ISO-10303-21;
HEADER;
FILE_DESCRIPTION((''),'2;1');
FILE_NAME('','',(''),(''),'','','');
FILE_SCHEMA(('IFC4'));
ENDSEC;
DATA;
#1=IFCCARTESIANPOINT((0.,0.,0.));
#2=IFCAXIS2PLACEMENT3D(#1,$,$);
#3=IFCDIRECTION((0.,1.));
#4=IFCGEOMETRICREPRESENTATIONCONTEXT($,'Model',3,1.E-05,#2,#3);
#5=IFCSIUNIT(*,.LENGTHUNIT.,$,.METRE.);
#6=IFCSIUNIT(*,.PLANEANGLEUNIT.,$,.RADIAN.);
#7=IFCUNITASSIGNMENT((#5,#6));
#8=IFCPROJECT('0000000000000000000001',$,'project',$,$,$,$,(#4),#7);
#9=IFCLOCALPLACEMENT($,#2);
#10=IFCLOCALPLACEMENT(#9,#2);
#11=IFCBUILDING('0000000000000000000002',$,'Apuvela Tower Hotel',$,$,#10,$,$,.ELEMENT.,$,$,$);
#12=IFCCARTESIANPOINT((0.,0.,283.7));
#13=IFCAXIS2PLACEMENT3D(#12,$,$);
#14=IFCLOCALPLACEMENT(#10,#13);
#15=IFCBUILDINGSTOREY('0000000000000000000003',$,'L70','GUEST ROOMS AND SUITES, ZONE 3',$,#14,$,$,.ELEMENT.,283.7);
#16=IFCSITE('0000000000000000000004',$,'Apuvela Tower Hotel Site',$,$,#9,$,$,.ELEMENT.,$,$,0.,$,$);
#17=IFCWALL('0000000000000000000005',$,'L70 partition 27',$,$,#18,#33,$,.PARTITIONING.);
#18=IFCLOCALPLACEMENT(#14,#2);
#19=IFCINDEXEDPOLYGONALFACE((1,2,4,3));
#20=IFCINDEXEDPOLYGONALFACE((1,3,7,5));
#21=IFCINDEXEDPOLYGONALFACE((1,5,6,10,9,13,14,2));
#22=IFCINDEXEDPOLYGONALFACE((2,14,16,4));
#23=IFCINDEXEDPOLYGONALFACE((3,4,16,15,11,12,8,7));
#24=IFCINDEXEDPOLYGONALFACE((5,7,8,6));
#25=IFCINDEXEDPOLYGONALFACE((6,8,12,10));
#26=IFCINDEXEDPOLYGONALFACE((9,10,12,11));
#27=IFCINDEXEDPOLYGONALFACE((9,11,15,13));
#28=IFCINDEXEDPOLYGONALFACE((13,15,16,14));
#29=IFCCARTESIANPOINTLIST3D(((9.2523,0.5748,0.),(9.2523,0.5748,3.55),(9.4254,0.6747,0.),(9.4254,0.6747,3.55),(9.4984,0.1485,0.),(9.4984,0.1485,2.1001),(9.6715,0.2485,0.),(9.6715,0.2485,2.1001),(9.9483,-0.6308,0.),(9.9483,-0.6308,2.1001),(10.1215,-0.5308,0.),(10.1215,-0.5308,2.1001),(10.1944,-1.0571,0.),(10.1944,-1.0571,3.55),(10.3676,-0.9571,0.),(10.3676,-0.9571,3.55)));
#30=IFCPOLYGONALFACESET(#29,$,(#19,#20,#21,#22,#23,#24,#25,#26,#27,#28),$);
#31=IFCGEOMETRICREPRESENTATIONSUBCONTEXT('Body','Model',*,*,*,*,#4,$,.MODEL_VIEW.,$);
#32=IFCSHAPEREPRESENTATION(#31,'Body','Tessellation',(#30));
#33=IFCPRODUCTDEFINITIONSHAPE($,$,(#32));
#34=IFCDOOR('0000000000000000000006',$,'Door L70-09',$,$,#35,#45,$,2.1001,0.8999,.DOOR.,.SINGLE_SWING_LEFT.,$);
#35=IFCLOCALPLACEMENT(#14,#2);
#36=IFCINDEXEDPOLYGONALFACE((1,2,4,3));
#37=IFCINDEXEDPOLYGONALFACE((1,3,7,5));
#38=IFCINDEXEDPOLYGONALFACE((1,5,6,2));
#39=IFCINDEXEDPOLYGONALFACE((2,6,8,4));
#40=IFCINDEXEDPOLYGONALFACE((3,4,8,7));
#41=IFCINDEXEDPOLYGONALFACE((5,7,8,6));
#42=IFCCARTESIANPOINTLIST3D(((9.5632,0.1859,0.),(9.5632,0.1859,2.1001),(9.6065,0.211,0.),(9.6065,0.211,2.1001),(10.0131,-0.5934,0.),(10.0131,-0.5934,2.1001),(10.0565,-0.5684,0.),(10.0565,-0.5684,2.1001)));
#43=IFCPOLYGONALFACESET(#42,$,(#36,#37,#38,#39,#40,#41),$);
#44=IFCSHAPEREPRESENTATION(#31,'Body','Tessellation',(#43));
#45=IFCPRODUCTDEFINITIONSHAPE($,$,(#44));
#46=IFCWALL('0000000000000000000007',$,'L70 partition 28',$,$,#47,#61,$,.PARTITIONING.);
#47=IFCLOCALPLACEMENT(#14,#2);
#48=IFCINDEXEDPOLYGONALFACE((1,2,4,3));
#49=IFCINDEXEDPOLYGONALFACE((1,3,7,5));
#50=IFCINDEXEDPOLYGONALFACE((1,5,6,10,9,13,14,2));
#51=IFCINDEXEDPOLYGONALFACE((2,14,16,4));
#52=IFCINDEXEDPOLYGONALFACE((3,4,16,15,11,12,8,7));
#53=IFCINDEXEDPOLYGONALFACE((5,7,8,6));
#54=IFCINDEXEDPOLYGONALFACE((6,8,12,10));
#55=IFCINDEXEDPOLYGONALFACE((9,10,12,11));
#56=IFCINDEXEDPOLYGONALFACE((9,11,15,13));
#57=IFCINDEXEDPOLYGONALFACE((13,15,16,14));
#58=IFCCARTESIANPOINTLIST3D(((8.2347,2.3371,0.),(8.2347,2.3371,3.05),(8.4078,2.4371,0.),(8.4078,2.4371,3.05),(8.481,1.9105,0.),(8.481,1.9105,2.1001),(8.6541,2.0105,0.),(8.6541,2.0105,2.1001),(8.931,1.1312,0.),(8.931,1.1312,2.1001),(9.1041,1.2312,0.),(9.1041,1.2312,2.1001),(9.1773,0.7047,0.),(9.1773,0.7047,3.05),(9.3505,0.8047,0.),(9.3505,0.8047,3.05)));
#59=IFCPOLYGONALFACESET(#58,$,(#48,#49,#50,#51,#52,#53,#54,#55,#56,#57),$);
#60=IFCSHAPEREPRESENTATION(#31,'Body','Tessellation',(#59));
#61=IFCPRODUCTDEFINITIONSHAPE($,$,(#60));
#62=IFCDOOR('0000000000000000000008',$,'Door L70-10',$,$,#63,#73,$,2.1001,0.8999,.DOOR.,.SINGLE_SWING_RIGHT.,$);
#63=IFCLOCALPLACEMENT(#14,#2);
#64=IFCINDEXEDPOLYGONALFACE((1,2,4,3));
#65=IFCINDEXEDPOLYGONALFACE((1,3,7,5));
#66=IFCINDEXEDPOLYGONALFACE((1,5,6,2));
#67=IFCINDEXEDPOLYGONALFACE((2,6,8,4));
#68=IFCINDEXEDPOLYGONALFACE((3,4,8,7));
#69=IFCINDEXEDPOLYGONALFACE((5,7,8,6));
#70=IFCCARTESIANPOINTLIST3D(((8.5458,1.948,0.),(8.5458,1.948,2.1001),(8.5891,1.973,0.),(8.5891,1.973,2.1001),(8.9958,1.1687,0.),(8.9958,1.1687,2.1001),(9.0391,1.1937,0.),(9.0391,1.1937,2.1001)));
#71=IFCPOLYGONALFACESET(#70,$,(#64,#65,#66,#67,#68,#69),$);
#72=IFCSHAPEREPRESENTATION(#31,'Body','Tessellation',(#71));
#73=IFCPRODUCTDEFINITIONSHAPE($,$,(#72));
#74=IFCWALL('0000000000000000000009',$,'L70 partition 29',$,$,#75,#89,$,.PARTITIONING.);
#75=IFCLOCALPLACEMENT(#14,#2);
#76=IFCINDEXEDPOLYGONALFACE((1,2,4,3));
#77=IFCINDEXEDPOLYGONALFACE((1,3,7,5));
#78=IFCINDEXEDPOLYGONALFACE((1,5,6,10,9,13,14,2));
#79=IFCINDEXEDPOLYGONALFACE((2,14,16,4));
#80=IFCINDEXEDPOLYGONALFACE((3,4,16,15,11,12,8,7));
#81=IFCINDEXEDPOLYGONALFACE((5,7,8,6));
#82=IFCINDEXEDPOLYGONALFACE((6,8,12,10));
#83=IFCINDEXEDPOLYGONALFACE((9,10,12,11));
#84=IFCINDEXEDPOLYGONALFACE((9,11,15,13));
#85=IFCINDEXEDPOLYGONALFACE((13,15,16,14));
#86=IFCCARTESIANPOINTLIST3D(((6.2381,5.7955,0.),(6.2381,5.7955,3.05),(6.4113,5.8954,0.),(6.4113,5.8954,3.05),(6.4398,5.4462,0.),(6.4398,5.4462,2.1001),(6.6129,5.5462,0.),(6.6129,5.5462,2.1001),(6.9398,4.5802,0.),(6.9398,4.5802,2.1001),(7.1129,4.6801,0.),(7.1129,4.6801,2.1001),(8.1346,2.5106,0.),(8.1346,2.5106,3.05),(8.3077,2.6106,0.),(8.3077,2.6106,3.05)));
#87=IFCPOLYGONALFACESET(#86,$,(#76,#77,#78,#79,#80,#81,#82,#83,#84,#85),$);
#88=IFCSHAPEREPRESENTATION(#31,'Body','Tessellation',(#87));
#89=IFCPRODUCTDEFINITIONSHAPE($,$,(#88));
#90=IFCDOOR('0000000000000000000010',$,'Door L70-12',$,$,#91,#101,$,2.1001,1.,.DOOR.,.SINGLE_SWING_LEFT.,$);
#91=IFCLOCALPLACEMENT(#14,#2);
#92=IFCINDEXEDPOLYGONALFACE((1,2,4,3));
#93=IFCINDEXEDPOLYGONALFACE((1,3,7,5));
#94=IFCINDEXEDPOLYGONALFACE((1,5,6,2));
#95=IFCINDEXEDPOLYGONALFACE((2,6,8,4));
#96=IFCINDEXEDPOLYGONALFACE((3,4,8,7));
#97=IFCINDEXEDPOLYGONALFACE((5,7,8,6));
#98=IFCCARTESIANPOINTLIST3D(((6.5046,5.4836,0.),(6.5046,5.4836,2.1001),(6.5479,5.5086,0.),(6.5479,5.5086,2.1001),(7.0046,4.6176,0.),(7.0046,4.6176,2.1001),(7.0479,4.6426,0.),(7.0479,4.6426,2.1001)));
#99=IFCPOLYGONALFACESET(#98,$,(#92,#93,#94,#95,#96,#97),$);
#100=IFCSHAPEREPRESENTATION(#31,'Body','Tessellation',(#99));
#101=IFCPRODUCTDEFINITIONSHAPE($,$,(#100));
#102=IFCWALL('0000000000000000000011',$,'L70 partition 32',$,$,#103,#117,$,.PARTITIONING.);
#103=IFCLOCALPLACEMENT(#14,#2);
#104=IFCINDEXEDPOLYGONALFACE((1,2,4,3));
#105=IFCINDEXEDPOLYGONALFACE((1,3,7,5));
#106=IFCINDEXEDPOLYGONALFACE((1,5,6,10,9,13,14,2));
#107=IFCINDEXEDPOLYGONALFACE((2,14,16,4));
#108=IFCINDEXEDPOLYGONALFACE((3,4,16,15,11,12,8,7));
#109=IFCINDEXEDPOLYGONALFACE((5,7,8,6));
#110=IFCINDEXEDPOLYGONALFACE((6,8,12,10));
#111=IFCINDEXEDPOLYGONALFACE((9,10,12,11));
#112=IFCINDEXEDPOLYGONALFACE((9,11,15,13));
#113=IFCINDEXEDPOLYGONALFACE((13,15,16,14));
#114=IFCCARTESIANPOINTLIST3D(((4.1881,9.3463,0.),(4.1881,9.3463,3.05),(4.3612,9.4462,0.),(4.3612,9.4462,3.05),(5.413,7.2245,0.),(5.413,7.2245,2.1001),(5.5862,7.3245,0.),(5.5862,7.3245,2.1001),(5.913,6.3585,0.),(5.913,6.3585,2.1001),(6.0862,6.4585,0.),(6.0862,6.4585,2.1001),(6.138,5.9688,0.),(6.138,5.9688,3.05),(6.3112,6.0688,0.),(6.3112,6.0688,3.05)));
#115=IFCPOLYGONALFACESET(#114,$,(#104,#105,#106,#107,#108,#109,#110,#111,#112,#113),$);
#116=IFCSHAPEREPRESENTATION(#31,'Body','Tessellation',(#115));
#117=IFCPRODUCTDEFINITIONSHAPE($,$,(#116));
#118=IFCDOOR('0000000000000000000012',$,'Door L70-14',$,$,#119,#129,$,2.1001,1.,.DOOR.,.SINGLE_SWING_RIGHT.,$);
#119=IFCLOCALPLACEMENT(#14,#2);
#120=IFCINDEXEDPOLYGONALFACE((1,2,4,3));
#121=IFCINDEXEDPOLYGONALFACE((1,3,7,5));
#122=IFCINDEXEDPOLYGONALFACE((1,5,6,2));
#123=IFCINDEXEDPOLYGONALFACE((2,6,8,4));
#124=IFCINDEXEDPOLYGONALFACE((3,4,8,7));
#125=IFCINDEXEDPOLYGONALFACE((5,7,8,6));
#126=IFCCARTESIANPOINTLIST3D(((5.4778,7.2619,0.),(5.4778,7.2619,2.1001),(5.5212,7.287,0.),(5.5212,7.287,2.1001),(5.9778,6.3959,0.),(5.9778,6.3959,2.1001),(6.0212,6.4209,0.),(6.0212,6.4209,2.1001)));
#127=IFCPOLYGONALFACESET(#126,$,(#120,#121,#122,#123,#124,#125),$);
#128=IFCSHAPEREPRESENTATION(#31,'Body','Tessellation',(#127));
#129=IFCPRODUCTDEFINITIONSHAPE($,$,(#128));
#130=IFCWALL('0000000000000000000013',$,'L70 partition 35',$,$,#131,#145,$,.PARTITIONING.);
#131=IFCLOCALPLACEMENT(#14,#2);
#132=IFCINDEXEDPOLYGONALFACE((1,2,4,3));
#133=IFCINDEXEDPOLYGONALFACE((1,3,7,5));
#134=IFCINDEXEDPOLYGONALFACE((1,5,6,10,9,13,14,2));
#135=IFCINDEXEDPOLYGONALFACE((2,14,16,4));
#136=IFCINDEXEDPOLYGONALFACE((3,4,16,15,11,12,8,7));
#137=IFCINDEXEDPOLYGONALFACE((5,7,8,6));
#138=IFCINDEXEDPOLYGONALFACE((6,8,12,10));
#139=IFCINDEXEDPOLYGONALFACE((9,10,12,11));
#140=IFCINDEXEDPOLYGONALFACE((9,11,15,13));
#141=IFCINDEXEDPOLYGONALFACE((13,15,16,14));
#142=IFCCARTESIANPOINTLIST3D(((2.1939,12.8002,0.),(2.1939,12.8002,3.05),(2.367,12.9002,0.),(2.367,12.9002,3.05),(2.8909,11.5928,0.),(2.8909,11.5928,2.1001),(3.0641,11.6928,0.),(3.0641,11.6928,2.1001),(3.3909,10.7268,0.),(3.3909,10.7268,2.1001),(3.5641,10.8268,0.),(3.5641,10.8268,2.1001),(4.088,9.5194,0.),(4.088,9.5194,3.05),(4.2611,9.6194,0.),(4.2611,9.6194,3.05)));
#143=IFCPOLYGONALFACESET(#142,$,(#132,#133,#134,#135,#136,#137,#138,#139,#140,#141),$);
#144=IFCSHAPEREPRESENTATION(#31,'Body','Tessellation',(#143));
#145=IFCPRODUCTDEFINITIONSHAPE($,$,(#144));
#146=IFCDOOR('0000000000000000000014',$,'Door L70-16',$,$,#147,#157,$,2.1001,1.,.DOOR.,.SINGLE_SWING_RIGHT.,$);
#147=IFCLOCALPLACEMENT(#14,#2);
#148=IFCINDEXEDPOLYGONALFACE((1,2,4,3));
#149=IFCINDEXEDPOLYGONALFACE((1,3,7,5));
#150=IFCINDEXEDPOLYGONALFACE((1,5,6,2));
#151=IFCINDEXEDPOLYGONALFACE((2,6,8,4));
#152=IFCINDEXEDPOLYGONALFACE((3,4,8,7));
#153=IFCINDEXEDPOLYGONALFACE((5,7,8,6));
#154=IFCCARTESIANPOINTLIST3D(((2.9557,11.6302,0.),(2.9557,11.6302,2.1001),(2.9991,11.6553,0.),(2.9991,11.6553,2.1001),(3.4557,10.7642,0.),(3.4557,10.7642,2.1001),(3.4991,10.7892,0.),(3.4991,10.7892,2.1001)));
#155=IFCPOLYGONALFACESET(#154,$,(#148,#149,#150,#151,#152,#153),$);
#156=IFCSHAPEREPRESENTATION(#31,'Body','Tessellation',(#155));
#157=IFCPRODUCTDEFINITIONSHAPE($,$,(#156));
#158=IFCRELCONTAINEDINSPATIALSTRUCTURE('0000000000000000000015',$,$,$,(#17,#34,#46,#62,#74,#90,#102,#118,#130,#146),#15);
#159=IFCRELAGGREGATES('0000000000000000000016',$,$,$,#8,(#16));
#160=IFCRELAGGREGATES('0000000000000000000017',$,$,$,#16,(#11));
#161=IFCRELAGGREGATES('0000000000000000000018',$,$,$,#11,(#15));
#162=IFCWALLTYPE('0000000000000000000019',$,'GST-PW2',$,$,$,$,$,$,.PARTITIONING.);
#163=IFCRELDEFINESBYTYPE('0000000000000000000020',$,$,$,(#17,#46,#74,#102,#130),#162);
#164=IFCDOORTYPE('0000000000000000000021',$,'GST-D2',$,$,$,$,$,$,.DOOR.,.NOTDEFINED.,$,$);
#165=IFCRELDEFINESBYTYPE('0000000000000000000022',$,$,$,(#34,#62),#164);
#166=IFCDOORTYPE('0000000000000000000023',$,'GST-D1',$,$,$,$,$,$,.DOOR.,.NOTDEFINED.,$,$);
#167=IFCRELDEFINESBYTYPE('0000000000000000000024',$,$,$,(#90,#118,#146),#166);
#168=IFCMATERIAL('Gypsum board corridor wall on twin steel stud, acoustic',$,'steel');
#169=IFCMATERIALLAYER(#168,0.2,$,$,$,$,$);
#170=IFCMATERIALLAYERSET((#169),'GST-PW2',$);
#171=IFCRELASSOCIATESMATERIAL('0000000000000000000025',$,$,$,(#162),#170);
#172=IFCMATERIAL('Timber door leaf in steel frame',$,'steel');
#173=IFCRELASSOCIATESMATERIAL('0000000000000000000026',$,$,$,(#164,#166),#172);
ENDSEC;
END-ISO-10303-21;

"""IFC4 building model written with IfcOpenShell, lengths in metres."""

from ifc_helpers import new_model, si_unit, direction, frame, frame_2d, origin, place, context, subcontext, project, spatial, rectangle, extrude, material, layer, layer_set, type_object, element, fill, save


model = new_model("IFC4")

# Units and contexts
model_context = context("Model", 3, precision=1e-05, world=origin(), true_north=direction((0.0, 1.0)))
body_context = subcontext(model_context, "Body", "Model", "MODEL_VIEW")
ifc_project = project(units=[si_unit("LENGTHUNIT", "METRE"), si_unit("PLANEANGLEUNIT", "RADIAN")], contexts=[model_context])

# Site, building, storey
site_placement = place(None, origin())
site = spatial("IfcSite", under=ifc_project, at=site_placement, Name="Apuvela Tower Hotel Site", CompositionType="ELEMENT", RefElevation=0.0)
building_placement = place(site_placement, origin())
building = spatial("IfcBuilding", under=site, at=building_placement, Name="Apuvela Tower Hotel", CompositionType="ELEMENT")
storey_placement = place(building_placement, frame((0.0, 0.0, 283.7)))
storey = spatial("IfcBuildingStorey", under=building, at=storey_placement, Name="L70", Description="GUEST ROOMS AND SUITES, ZONE 3", CompositionType="ELEMENT", Elevation=283.7)

# Walls, openings, doors
ifc_material_1 = material(Name="Gypsum board corridor wall on twin steel stud, acoustic", Category="steel")
ifc_layer_1 = layer(ifc_material_1, 0.2)
ifc_layer_set_1 = layer_set([ifc_layer_1], Name="GST-PW2")
wall_type_1 = type_object("IfcWallType", Name="GST-PW2", PredefinedType="PARTITIONING", material=ifc_layer_set_1)
wall_1_placement = place(storey_placement, frame((9.3389, 0.6248, 0.0), z_axis=(0.0, 0.0, 1.0), x_axis=(0.499999, -0.866026, 0.0)))
wall_1 = element("IfcWall", 1, at=wall_1_placement, inside=storey, type_object=wall_type_1, Name="L70 partition 27", PredefinedType="PARTITIONING", context=body_context, shape_type="SweptSolid", body=[
    extrude(rectangle(XDim=1.8843, YDim=0.2, at=frame_2d((0.9421, 0.0))), origin(), (0.0, 0.0, 1.0), 3.55),
])
opening_1_placement = place(wall_1_placement, frame((0.4922, 0.0, 0.0)))
opening_1 = element("IfcOpeningElement", 2, at=opening_1_placement, cuts=wall_1, PredefinedType="OPENING", context=body_context, shape_type="SweptSolid", body=[
    extrude(rectangle(XDim=0.8999, YDim=2.1001, at=frame_2d((0.45, 1.05))), frame((0.0, 0.1099, 0.0), z_axis=(0.0, -1.0, 0.0), x_axis=(1.0, 0.0, 0.0)), (0.0, 0.0, 1.0), 0.22),
])
ifc_material_2 = material(Name="Timber door leaf in steel frame", Category="steel")
door_type_1 = type_object("IfcDoorType", Name="GST-D2", OperationType="NOTDEFINED", PredefinedType="DOOR", material=ifc_material_2)
door_1_placement = place(opening_1_placement, origin())
door_1 = element("IfcDoor", 3, at=door_1_placement, inside=storey, type_object=door_type_1, Name="Door L70-09", OperationType="SINGLE_SWING_LEFT", OverallHeight=2.1001, OverallWidth=0.8999, PredefinedType="DOOR", context=body_context, shape_type="SweptSolid", body=[
    extrude(rectangle(XDim=0.8999, YDim=2.1001, at=frame_2d((0.45, 1.05))), frame((0.0, 0.0249, 0.0), z_axis=(0.0, -1.0, 0.0), x_axis=(1.0, 0.0, 0.0)), (0.0, 0.0, 1.0), 0.05),
])
fill(opening_1, door_1)
wall_2_placement = place(storey_placement, frame((8.3213, 2.387, 0.0), z_axis=(0.0, 0.0, 1.0), x_axis=(0.500081, -0.865979, 0.0)))
wall_2 = element("IfcWall", 4, at=wall_2_placement, inside=storey, type_object=wall_type_1, Name="L70 partition 28", PredefinedType="PARTITIONING", context=body_context, shape_type="SweptSolid", body=[
    extrude(rectangle(XDim=1.885, YDim=0.2, at=frame_2d((0.9424, 0.0))), origin(), (0.0, 0.0, 1.0), 3.05),
])
opening_2_placement = place(wall_2_placement, frame((0.4924, 0.0, 0.0)))
opening_2 = element("IfcOpeningElement", 5, at=opening_2_placement, cuts=wall_2, PredefinedType="OPENING", context=body_context, shape_type="SweptSolid", body=[
    extrude(rectangle(XDim=0.8999, YDim=2.1001, at=frame_2d((0.45, 1.05))), frame((0.0, 0.1099, 0.0), z_axis=(0.0, -1.0, 0.0), x_axis=(1.0, 0.0, 0.0)), (0.0, 0.0, 1.0), 0.22),
])
door_2_placement = place(opening_2_placement, origin())
door_2 = element("IfcDoor", 6, at=door_2_placement, inside=storey, type_object=door_type_1, Name="Door L70-10", OperationType="SINGLE_SWING_RIGHT", OverallHeight=2.1001, OverallWidth=0.8999, PredefinedType="DOOR", context=body_context, shape_type="SweptSolid", body=[
    extrude(rectangle(XDim=0.8999, YDim=2.1001, at=frame_2d((0.45, 1.05))), frame((0.0, 0.0249, 0.0), z_axis=(0.0, -1.0, 0.0), x_axis=(1.0, 0.0, 0.0)), (0.0, 0.0, 1.0), 0.05),
])
fill(opening_2, door_2)
wall_3_placement = place(storey_placement, frame((6.3247, 5.8455, 0.0), z_axis=(0.0, 0.0, 1.0), x_axis=(0.499988, -0.866032, 0.0)))
wall_3 = element("IfcWall", 7, at=wall_3_placement, inside=storey, type_object=wall_type_1, Name="L70 partition 29", PredefinedType="PARTITIONING", context=body_context, shape_type="SweptSolid", body=[
    extrude(rectangle(XDim=3.793, YDim=0.2, at=frame_2d((1.8965, 0.0))), origin(), (0.0, 0.0, 1.0), 3.05),
])
opening_3_placement = place(wall_3_placement, frame((0.4033, 0.0, 0.0)))
opening_3 = element("IfcOpeningElement", 8, at=opening_3_placement, cuts=wall_3, PredefinedType="OPENING", context=body_context, shape_type="SweptSolid", body=[
    extrude(rectangle(XDim=1.0, YDim=2.1001, at=frame_2d((0.5, 1.05))), frame((0.0, 0.1099, 0.0), z_axis=(0.0, -1.0, 0.0), x_axis=(1.0, 0.0, 0.0)), (0.0, 0.0, 1.0), 0.22),
])
door_type_2 = type_object("IfcDoorType", Name="GST-D1", OperationType="NOTDEFINED", PredefinedType="DOOR", material=ifc_material_2)
door_3_placement = place(opening_3_placement, origin())
door_3 = element("IfcDoor", 9, at=door_3_placement, inside=storey, type_object=door_type_2, Name="Door L70-12", OperationType="SINGLE_SWING_LEFT", OverallHeight=2.1001, OverallWidth=1.0, PredefinedType="DOOR", context=body_context, shape_type="SweptSolid", body=[
    extrude(rectangle(XDim=1.0, YDim=2.1001, at=frame_2d((0.5, 1.05))), frame((0.0, 0.0249, 0.0), z_axis=(0.0, -1.0, 0.0), x_axis=(1.0, 0.0, 0.0)), (0.0, 0.0, 1.0), 0.05),
])
fill(opening_3, door_3)
wall_4_placement = place(storey_placement, frame((4.2747, 9.3962, 0.0), z_axis=(0.0, 0.0, 1.0), x_axis=(0.499997, -0.866027, 0.0)))
wall_4 = element("IfcWall", 10, at=wall_4_placement, inside=storey, type_object=wall_type_1, Name="L70 partition 32", PredefinedType="PARTITIONING", context=body_context, shape_type="SweptSolid", body=[
    extrude(rectangle(XDim=3.8999, YDim=0.2, at=frame_2d((1.95, 0.0))), origin(), (0.0, 0.0, 1.0), 3.05),
])
opening_4_placement = place(wall_4_placement, frame((2.45, 0.0, 0.0)))
opening_4 = element("IfcOpeningElement", 11, at=opening_4_placement, cuts=wall_4, PredefinedType="OPENING", context=body_context, shape_type="SweptSolid", body=[
    extrude(rectangle(XDim=1.0, YDim=2.1001, at=frame_2d((0.5, 1.05))), frame((0.0, 0.1099, 0.0), z_axis=(0.0, -1.0, 0.0), x_axis=(1.0, 0.0, 0.0)), (0.0, 0.0, 1.0), 0.22),
])
door_4_placement = place(opening_4_placement, origin())
door_4 = element("IfcDoor", 12, at=door_4_placement, inside=storey, type_object=door_type_2, Name="Door L70-14", OperationType="SINGLE_SWING_RIGHT", OverallHeight=2.1001, OverallWidth=1.0, PredefinedType="DOOR", context=body_context, shape_type="SweptSolid", body=[
    extrude(rectangle(XDim=1.0, YDim=2.1001, at=frame_2d((0.5, 1.05))), frame((0.0, 0.0249, 0.0), z_axis=(0.0, -1.0, 0.0), x_axis=(1.0, 0.0, 0.0)), (0.0, 0.0, 1.0), 0.05),
])
fill(opening_4, door_4)
wall_5_placement = place(storey_placement, frame((2.2805, 12.8501, 0.0), z_axis=(0.0, 0.0, 1.0), x_axis=(0.499979, -0.866037, 0.0)))
wall_5 = element("IfcWall", 13, at=wall_5_placement, inside=storey, type_object=wall_type_1, Name="L70 partition 35", PredefinedType="PARTITIONING", context=body_context, shape_type="SweptSolid", body=[
    extrude(rectangle(XDim=3.7883, YDim=0.2, at=frame_2d((1.894, 0.0))), origin(), (0.0, 0.0, 1.0), 3.05),
])
opening_5_placement = place(wall_5_placement, frame((1.394, 0.0, 0.0)))
opening_5 = element("IfcOpeningElement", 14, at=opening_5_placement, cuts=wall_5, PredefinedType="OPENING", context=body_context, shape_type="SweptSolid", body=[
    extrude(rectangle(XDim=1.0, YDim=2.1001, at=frame_2d((0.5, 1.05))), frame((0.0, 0.1099, 0.0), z_axis=(0.0, -1.0, 0.0), x_axis=(1.0, 0.0, 0.0)), (0.0, 0.0, 1.0), 0.22),
])
door_5_placement = place(opening_5_placement, origin())
door_5 = element("IfcDoor", 15, at=door_5_placement, inside=storey, type_object=door_type_2, Name="Door L70-16", OperationType="SINGLE_SWING_RIGHT", OverallHeight=2.1001, OverallWidth=1.0, PredefinedType="DOOR", context=body_context, shape_type="SweptSolid", body=[
    extrude(rectangle(XDim=1.0, YDim=2.1001, at=frame_2d((0.5, 1.05))), frame((0.0, 0.0249, 0.0), z_axis=(0.0, -1.0, 0.0), x_axis=(1.0, 0.0, 0.0)), (0.0, 0.0, 1.0), 0.05),
])
fill(opening_5, door_5)

save(model, "model.ifc")
